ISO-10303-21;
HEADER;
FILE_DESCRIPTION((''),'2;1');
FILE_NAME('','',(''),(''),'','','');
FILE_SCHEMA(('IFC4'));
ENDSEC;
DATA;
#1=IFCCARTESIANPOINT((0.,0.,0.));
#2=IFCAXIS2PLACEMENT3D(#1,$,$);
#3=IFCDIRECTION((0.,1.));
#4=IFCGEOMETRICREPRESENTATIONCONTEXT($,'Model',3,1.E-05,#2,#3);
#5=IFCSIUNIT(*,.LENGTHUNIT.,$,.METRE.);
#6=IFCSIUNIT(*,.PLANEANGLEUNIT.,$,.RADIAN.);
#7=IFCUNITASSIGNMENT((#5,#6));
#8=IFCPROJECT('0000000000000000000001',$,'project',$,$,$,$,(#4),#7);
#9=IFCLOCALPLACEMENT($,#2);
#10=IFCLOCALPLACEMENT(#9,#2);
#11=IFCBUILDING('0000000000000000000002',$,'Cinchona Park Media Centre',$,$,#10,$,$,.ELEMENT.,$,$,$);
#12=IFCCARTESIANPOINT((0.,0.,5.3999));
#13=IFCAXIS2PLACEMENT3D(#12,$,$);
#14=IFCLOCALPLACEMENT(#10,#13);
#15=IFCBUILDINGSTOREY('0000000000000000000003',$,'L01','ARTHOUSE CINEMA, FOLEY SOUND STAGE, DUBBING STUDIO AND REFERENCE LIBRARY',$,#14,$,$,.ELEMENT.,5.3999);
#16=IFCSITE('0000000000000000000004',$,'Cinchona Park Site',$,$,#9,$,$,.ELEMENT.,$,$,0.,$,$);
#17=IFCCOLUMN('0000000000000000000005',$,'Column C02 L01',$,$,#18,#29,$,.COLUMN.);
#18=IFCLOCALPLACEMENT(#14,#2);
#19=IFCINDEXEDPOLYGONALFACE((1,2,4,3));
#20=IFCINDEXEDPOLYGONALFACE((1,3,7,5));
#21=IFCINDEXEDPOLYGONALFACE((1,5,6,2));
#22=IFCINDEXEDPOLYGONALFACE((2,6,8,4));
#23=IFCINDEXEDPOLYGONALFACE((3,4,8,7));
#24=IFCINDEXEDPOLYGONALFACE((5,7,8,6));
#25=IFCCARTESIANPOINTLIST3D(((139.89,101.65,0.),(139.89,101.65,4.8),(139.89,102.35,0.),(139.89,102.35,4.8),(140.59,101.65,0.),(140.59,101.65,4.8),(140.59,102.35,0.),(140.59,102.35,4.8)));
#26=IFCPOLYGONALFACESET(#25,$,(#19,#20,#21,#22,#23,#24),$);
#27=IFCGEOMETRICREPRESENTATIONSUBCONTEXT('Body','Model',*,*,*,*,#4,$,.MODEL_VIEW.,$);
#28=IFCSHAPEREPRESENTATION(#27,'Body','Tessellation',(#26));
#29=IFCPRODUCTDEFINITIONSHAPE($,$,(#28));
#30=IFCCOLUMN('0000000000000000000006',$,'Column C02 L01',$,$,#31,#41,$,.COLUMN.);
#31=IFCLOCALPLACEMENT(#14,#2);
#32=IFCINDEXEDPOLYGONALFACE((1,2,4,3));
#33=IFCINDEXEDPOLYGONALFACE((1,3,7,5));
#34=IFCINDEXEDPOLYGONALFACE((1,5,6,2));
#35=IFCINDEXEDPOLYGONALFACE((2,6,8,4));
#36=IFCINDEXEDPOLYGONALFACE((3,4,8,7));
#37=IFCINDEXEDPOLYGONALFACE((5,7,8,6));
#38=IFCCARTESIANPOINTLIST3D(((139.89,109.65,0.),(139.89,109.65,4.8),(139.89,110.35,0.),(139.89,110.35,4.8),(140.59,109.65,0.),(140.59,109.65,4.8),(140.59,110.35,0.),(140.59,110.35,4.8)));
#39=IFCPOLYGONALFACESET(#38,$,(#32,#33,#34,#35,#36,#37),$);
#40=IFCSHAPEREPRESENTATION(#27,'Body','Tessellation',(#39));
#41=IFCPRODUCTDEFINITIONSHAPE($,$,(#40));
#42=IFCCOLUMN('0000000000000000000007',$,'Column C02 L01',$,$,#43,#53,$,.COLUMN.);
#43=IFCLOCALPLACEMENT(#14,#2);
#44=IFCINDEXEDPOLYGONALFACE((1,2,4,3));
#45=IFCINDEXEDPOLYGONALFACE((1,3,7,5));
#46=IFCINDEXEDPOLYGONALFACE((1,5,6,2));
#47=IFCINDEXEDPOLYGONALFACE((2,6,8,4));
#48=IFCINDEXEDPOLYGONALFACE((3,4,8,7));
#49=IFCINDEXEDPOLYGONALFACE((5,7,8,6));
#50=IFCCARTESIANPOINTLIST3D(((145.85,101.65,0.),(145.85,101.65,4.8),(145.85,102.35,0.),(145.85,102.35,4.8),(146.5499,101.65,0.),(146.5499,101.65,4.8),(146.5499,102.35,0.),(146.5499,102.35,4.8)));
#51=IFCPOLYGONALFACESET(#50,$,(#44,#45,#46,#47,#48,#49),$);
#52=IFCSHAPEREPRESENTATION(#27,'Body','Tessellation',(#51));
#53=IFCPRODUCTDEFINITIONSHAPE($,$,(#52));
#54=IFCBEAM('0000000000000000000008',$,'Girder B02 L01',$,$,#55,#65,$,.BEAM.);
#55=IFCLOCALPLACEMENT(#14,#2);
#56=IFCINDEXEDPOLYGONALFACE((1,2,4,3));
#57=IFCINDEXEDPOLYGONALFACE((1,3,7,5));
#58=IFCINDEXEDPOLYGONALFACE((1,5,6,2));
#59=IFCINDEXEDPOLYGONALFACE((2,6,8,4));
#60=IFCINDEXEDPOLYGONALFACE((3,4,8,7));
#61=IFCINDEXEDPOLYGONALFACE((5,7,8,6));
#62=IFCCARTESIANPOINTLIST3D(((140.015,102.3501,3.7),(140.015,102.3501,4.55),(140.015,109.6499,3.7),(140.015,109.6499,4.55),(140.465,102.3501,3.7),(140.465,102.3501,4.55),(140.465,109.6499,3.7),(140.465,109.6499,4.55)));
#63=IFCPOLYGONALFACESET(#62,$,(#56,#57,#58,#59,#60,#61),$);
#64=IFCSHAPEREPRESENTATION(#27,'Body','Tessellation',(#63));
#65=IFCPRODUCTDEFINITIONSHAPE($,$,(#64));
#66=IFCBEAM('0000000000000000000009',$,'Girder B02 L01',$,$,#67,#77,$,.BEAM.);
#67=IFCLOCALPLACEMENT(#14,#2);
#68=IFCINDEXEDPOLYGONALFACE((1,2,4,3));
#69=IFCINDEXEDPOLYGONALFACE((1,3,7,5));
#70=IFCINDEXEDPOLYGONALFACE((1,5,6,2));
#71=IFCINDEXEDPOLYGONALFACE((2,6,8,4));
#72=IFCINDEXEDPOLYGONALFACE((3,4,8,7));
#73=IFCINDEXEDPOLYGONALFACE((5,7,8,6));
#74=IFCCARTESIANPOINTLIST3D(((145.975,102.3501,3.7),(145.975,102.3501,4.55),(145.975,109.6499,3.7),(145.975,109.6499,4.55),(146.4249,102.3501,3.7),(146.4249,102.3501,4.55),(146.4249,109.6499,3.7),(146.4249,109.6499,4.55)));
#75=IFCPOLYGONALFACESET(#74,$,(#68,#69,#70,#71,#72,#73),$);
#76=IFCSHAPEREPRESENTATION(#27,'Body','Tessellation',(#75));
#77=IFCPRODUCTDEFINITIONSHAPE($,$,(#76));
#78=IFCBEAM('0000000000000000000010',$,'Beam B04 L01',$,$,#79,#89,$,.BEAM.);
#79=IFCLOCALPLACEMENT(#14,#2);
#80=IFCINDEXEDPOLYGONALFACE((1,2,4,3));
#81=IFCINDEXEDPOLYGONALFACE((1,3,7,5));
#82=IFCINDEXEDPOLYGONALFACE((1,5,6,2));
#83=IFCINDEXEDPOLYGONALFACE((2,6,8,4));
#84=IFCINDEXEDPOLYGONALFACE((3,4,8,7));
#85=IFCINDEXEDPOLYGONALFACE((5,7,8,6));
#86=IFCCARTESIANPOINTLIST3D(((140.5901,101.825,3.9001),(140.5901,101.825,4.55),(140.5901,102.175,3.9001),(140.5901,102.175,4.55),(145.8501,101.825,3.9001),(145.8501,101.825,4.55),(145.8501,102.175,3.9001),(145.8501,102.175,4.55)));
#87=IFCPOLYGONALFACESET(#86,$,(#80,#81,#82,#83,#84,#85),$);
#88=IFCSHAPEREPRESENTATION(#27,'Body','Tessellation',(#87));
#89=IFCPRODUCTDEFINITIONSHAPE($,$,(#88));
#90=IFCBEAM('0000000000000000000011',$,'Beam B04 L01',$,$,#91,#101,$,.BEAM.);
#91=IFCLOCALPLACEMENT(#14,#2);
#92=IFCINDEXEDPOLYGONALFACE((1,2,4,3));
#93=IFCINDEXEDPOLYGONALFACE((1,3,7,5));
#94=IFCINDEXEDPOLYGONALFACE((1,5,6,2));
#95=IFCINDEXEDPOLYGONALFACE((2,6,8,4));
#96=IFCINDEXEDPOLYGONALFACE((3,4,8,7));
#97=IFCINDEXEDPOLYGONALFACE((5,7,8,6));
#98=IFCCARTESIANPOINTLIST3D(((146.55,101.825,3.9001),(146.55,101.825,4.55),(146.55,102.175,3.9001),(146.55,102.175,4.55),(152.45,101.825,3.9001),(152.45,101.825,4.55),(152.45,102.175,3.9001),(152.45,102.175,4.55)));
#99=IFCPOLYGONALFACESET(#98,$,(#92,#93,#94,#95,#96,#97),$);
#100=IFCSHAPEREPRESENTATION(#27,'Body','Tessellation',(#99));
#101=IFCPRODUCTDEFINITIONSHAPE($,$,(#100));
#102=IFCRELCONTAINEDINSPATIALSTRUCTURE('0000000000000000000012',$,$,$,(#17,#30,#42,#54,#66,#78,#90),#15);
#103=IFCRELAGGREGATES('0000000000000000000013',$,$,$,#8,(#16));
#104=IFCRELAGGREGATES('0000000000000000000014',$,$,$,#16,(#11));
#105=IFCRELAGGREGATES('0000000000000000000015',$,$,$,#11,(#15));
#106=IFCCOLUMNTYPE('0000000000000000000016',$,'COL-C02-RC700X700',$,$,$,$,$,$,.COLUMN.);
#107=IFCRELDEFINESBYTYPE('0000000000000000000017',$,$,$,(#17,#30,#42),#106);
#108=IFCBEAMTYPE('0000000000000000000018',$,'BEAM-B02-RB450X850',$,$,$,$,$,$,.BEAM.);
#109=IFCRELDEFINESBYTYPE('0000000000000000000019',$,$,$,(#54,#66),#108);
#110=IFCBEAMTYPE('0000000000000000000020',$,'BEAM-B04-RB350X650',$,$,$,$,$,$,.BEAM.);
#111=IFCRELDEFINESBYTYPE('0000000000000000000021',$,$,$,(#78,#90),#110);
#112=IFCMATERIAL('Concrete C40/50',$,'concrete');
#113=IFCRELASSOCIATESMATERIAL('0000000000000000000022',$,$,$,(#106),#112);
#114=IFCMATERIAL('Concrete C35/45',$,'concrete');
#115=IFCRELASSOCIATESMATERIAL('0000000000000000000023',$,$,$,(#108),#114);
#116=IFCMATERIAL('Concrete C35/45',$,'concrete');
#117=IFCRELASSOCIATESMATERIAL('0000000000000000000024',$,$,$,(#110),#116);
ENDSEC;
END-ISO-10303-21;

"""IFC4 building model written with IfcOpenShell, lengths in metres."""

from ifc_helpers import new_model, si_unit, direction, frame, origin, origin_2d, place, context, subcontext, project, spatial, rectangle, extrude, material, material_profile, profile_set, type_object, element, save


model = new_model("IFC4")

# Units and contexts
model_context = context("Model", 3, precision=1e-05, world=origin(), true_north=direction((0.0, 1.0)))
body_context = subcontext(model_context, "Body", "Model", "MODEL_VIEW")
ifc_project = project(units=[si_unit("LENGTHUNIT", "METRE"), si_unit("PLANEANGLEUNIT", "RADIAN")], contexts=[model_context])

# Site, building, storey
site_placement = place(None, origin())
site = spatial("IfcSite", under=ifc_project, at=site_placement, Name="Cinchona Park Site", CompositionType="ELEMENT", RefElevation=0.0)
building_placement = place(site_placement, origin())
building = spatial("IfcBuilding", under=site, at=building_placement, Name="Cinchona Park Media Centre", CompositionType="ELEMENT")
storey_placement = place(building_placement, frame((0.0, 0.0, 5.3999)))
storey = spatial("IfcBuildingStorey", under=building, at=storey_placement, Name="L01", Description="ARTHOUSE CINEMA, FOLEY SOUND STAGE, DUBBING STUDIO AND REFERENCE LIBRARY", CompositionType="ELEMENT", Elevation=5.3999)

# Columns
ifc_material_1 = material(Name="Concrete C40/50", Category="concrete")
ifc_material_profile_1 = material_profile(ifc_material_1, rectangle(XDim=0.7, YDim=0.7, at=origin_2d()), Name="RC 700X700")
ifc_profile_set_1 = profile_set([ifc_material_profile_1], Name="Concrete C40/50")
column_type = type_object("IfcColumnType", Name="COL-C02-RC700X700", PredefinedType="COLUMN", material=ifc_profile_set_1)
for number, where, z_axis, x_axis, name in (
    (1, (140.24, 102.0, 0.0), (0.0, 0.0, 1.0), (1.0, 0.0, 0.0), "Column C02 L01"),
    (2, (140.24, 110.0, 0.0), (0.0, 0.0, 1.0), (1.0, 0.0, 0.0), "Column C02 L01"),
    (3, (146.2, 102.0, 0.0), (0.0, 0.0, 1.0), (1.0, 0.0, 0.0), "Column C02 L01"),
):
    element("IfcColumn", number, at=place(storey_placement, frame(where, z_axis=z_axis, x_axis=x_axis)), inside=storey, type_object=column_type, Name=name, PredefinedType="COLUMN", context=body_context, shape_type="SweptSolid", body=[
        extrude(rectangle(XDim=0.7, YDim=0.7, at=origin_2d()), origin(), (0.0, 0.0, 1.0), 4.8),
    ])

# Beams
ifc_material_2 = material(Name="Concrete C35/45", Category="concrete")
ifc_material_profile_2 = material_profile(ifc_material_2, rectangle(XDim=0.45, YDim=0.8501, at=origin_2d()), Name="RB 450X850")
ifc_profile_set_2 = profile_set([ifc_material_profile_2], Name="Concrete C35/45")
beam_type_1 = type_object("IfcBeamType", Name="BEAM-B02-RB450X850", PredefinedType="BEAM", material=ifc_profile_set_2)
for number, where, z_axis, x_axis, name in (
    (4, (140.24, 102.3501, 4.125), (0.0, 1.0, 0.0), (-1.0, 0.0, 0.0), "Girder B02 L01"),
    (5, (146.2, 102.3501, 4.125), (0.0, 1.0, 0.0), (-1.0, 0.0, 0.0), "Girder B02 L01"),
):
    element("IfcBeam", number, at=place(storey_placement, frame(where, z_axis=z_axis, x_axis=x_axis)), inside=storey, type_object=beam_type_1, Name=name, PredefinedType="BEAM", context=body_context, shape_type="SweptSolid", body=[
        extrude(rectangle(XDim=0.45, YDim=0.8501, at=origin_2d()), origin(), (0.0, 0.0, 1.0), 7.2998),
    ])
ifc_material_3 = material(Name="Concrete C35/45", Category="concrete")
ifc_material_profile_3 = material_profile(ifc_material_3, rectangle(XDim=0.3501, YDim=0.6499, at=origin_2d()), Name="RB 350X650")
ifc_profile_set_3 = profile_set([ifc_material_profile_3], Name="Concrete C35/45")
beam_type_2 = type_object("IfcBeamType", Name="BEAM-B04-RB350X650", PredefinedType="BEAM", material=ifc_profile_set_3)
beam_1_placement = place(storey_placement, frame((140.5901, 102.0, 4.2251), z_axis=(1.0, 0.0, 0.0), x_axis=(0.0, 1.0, 0.0)))
element("IfcBeam", 6, at=beam_1_placement, inside=storey, type_object=beam_type_2, Name="Beam B04 L01", PredefinedType="BEAM", context=body_context, shape_type="SweptSolid", body=[
    extrude(rectangle(XDim=0.3501, YDim=0.6499, at=origin_2d()), origin(), (0.0, 0.0, 1.0), 5.26),
])
beam_2_placement = place(storey_placement, frame((146.55, 102.0, 4.2251), z_axis=(1.0, 0.0, 0.0), x_axis=(0.0, 1.0, 0.0)))
element("IfcBeam", 7, at=beam_2_placement, inside=storey, type_object=beam_type_2, Name="Beam B04 L01", PredefinedType="BEAM", context=body_context, shape_type="SweptSolid", body=[
    extrude(rectangle(XDim=0.3501, YDim=0.6499, at=origin_2d()), origin(), (0.0, 0.0, 1.0), 5.8999),
])

save(model, "model.ifc")
